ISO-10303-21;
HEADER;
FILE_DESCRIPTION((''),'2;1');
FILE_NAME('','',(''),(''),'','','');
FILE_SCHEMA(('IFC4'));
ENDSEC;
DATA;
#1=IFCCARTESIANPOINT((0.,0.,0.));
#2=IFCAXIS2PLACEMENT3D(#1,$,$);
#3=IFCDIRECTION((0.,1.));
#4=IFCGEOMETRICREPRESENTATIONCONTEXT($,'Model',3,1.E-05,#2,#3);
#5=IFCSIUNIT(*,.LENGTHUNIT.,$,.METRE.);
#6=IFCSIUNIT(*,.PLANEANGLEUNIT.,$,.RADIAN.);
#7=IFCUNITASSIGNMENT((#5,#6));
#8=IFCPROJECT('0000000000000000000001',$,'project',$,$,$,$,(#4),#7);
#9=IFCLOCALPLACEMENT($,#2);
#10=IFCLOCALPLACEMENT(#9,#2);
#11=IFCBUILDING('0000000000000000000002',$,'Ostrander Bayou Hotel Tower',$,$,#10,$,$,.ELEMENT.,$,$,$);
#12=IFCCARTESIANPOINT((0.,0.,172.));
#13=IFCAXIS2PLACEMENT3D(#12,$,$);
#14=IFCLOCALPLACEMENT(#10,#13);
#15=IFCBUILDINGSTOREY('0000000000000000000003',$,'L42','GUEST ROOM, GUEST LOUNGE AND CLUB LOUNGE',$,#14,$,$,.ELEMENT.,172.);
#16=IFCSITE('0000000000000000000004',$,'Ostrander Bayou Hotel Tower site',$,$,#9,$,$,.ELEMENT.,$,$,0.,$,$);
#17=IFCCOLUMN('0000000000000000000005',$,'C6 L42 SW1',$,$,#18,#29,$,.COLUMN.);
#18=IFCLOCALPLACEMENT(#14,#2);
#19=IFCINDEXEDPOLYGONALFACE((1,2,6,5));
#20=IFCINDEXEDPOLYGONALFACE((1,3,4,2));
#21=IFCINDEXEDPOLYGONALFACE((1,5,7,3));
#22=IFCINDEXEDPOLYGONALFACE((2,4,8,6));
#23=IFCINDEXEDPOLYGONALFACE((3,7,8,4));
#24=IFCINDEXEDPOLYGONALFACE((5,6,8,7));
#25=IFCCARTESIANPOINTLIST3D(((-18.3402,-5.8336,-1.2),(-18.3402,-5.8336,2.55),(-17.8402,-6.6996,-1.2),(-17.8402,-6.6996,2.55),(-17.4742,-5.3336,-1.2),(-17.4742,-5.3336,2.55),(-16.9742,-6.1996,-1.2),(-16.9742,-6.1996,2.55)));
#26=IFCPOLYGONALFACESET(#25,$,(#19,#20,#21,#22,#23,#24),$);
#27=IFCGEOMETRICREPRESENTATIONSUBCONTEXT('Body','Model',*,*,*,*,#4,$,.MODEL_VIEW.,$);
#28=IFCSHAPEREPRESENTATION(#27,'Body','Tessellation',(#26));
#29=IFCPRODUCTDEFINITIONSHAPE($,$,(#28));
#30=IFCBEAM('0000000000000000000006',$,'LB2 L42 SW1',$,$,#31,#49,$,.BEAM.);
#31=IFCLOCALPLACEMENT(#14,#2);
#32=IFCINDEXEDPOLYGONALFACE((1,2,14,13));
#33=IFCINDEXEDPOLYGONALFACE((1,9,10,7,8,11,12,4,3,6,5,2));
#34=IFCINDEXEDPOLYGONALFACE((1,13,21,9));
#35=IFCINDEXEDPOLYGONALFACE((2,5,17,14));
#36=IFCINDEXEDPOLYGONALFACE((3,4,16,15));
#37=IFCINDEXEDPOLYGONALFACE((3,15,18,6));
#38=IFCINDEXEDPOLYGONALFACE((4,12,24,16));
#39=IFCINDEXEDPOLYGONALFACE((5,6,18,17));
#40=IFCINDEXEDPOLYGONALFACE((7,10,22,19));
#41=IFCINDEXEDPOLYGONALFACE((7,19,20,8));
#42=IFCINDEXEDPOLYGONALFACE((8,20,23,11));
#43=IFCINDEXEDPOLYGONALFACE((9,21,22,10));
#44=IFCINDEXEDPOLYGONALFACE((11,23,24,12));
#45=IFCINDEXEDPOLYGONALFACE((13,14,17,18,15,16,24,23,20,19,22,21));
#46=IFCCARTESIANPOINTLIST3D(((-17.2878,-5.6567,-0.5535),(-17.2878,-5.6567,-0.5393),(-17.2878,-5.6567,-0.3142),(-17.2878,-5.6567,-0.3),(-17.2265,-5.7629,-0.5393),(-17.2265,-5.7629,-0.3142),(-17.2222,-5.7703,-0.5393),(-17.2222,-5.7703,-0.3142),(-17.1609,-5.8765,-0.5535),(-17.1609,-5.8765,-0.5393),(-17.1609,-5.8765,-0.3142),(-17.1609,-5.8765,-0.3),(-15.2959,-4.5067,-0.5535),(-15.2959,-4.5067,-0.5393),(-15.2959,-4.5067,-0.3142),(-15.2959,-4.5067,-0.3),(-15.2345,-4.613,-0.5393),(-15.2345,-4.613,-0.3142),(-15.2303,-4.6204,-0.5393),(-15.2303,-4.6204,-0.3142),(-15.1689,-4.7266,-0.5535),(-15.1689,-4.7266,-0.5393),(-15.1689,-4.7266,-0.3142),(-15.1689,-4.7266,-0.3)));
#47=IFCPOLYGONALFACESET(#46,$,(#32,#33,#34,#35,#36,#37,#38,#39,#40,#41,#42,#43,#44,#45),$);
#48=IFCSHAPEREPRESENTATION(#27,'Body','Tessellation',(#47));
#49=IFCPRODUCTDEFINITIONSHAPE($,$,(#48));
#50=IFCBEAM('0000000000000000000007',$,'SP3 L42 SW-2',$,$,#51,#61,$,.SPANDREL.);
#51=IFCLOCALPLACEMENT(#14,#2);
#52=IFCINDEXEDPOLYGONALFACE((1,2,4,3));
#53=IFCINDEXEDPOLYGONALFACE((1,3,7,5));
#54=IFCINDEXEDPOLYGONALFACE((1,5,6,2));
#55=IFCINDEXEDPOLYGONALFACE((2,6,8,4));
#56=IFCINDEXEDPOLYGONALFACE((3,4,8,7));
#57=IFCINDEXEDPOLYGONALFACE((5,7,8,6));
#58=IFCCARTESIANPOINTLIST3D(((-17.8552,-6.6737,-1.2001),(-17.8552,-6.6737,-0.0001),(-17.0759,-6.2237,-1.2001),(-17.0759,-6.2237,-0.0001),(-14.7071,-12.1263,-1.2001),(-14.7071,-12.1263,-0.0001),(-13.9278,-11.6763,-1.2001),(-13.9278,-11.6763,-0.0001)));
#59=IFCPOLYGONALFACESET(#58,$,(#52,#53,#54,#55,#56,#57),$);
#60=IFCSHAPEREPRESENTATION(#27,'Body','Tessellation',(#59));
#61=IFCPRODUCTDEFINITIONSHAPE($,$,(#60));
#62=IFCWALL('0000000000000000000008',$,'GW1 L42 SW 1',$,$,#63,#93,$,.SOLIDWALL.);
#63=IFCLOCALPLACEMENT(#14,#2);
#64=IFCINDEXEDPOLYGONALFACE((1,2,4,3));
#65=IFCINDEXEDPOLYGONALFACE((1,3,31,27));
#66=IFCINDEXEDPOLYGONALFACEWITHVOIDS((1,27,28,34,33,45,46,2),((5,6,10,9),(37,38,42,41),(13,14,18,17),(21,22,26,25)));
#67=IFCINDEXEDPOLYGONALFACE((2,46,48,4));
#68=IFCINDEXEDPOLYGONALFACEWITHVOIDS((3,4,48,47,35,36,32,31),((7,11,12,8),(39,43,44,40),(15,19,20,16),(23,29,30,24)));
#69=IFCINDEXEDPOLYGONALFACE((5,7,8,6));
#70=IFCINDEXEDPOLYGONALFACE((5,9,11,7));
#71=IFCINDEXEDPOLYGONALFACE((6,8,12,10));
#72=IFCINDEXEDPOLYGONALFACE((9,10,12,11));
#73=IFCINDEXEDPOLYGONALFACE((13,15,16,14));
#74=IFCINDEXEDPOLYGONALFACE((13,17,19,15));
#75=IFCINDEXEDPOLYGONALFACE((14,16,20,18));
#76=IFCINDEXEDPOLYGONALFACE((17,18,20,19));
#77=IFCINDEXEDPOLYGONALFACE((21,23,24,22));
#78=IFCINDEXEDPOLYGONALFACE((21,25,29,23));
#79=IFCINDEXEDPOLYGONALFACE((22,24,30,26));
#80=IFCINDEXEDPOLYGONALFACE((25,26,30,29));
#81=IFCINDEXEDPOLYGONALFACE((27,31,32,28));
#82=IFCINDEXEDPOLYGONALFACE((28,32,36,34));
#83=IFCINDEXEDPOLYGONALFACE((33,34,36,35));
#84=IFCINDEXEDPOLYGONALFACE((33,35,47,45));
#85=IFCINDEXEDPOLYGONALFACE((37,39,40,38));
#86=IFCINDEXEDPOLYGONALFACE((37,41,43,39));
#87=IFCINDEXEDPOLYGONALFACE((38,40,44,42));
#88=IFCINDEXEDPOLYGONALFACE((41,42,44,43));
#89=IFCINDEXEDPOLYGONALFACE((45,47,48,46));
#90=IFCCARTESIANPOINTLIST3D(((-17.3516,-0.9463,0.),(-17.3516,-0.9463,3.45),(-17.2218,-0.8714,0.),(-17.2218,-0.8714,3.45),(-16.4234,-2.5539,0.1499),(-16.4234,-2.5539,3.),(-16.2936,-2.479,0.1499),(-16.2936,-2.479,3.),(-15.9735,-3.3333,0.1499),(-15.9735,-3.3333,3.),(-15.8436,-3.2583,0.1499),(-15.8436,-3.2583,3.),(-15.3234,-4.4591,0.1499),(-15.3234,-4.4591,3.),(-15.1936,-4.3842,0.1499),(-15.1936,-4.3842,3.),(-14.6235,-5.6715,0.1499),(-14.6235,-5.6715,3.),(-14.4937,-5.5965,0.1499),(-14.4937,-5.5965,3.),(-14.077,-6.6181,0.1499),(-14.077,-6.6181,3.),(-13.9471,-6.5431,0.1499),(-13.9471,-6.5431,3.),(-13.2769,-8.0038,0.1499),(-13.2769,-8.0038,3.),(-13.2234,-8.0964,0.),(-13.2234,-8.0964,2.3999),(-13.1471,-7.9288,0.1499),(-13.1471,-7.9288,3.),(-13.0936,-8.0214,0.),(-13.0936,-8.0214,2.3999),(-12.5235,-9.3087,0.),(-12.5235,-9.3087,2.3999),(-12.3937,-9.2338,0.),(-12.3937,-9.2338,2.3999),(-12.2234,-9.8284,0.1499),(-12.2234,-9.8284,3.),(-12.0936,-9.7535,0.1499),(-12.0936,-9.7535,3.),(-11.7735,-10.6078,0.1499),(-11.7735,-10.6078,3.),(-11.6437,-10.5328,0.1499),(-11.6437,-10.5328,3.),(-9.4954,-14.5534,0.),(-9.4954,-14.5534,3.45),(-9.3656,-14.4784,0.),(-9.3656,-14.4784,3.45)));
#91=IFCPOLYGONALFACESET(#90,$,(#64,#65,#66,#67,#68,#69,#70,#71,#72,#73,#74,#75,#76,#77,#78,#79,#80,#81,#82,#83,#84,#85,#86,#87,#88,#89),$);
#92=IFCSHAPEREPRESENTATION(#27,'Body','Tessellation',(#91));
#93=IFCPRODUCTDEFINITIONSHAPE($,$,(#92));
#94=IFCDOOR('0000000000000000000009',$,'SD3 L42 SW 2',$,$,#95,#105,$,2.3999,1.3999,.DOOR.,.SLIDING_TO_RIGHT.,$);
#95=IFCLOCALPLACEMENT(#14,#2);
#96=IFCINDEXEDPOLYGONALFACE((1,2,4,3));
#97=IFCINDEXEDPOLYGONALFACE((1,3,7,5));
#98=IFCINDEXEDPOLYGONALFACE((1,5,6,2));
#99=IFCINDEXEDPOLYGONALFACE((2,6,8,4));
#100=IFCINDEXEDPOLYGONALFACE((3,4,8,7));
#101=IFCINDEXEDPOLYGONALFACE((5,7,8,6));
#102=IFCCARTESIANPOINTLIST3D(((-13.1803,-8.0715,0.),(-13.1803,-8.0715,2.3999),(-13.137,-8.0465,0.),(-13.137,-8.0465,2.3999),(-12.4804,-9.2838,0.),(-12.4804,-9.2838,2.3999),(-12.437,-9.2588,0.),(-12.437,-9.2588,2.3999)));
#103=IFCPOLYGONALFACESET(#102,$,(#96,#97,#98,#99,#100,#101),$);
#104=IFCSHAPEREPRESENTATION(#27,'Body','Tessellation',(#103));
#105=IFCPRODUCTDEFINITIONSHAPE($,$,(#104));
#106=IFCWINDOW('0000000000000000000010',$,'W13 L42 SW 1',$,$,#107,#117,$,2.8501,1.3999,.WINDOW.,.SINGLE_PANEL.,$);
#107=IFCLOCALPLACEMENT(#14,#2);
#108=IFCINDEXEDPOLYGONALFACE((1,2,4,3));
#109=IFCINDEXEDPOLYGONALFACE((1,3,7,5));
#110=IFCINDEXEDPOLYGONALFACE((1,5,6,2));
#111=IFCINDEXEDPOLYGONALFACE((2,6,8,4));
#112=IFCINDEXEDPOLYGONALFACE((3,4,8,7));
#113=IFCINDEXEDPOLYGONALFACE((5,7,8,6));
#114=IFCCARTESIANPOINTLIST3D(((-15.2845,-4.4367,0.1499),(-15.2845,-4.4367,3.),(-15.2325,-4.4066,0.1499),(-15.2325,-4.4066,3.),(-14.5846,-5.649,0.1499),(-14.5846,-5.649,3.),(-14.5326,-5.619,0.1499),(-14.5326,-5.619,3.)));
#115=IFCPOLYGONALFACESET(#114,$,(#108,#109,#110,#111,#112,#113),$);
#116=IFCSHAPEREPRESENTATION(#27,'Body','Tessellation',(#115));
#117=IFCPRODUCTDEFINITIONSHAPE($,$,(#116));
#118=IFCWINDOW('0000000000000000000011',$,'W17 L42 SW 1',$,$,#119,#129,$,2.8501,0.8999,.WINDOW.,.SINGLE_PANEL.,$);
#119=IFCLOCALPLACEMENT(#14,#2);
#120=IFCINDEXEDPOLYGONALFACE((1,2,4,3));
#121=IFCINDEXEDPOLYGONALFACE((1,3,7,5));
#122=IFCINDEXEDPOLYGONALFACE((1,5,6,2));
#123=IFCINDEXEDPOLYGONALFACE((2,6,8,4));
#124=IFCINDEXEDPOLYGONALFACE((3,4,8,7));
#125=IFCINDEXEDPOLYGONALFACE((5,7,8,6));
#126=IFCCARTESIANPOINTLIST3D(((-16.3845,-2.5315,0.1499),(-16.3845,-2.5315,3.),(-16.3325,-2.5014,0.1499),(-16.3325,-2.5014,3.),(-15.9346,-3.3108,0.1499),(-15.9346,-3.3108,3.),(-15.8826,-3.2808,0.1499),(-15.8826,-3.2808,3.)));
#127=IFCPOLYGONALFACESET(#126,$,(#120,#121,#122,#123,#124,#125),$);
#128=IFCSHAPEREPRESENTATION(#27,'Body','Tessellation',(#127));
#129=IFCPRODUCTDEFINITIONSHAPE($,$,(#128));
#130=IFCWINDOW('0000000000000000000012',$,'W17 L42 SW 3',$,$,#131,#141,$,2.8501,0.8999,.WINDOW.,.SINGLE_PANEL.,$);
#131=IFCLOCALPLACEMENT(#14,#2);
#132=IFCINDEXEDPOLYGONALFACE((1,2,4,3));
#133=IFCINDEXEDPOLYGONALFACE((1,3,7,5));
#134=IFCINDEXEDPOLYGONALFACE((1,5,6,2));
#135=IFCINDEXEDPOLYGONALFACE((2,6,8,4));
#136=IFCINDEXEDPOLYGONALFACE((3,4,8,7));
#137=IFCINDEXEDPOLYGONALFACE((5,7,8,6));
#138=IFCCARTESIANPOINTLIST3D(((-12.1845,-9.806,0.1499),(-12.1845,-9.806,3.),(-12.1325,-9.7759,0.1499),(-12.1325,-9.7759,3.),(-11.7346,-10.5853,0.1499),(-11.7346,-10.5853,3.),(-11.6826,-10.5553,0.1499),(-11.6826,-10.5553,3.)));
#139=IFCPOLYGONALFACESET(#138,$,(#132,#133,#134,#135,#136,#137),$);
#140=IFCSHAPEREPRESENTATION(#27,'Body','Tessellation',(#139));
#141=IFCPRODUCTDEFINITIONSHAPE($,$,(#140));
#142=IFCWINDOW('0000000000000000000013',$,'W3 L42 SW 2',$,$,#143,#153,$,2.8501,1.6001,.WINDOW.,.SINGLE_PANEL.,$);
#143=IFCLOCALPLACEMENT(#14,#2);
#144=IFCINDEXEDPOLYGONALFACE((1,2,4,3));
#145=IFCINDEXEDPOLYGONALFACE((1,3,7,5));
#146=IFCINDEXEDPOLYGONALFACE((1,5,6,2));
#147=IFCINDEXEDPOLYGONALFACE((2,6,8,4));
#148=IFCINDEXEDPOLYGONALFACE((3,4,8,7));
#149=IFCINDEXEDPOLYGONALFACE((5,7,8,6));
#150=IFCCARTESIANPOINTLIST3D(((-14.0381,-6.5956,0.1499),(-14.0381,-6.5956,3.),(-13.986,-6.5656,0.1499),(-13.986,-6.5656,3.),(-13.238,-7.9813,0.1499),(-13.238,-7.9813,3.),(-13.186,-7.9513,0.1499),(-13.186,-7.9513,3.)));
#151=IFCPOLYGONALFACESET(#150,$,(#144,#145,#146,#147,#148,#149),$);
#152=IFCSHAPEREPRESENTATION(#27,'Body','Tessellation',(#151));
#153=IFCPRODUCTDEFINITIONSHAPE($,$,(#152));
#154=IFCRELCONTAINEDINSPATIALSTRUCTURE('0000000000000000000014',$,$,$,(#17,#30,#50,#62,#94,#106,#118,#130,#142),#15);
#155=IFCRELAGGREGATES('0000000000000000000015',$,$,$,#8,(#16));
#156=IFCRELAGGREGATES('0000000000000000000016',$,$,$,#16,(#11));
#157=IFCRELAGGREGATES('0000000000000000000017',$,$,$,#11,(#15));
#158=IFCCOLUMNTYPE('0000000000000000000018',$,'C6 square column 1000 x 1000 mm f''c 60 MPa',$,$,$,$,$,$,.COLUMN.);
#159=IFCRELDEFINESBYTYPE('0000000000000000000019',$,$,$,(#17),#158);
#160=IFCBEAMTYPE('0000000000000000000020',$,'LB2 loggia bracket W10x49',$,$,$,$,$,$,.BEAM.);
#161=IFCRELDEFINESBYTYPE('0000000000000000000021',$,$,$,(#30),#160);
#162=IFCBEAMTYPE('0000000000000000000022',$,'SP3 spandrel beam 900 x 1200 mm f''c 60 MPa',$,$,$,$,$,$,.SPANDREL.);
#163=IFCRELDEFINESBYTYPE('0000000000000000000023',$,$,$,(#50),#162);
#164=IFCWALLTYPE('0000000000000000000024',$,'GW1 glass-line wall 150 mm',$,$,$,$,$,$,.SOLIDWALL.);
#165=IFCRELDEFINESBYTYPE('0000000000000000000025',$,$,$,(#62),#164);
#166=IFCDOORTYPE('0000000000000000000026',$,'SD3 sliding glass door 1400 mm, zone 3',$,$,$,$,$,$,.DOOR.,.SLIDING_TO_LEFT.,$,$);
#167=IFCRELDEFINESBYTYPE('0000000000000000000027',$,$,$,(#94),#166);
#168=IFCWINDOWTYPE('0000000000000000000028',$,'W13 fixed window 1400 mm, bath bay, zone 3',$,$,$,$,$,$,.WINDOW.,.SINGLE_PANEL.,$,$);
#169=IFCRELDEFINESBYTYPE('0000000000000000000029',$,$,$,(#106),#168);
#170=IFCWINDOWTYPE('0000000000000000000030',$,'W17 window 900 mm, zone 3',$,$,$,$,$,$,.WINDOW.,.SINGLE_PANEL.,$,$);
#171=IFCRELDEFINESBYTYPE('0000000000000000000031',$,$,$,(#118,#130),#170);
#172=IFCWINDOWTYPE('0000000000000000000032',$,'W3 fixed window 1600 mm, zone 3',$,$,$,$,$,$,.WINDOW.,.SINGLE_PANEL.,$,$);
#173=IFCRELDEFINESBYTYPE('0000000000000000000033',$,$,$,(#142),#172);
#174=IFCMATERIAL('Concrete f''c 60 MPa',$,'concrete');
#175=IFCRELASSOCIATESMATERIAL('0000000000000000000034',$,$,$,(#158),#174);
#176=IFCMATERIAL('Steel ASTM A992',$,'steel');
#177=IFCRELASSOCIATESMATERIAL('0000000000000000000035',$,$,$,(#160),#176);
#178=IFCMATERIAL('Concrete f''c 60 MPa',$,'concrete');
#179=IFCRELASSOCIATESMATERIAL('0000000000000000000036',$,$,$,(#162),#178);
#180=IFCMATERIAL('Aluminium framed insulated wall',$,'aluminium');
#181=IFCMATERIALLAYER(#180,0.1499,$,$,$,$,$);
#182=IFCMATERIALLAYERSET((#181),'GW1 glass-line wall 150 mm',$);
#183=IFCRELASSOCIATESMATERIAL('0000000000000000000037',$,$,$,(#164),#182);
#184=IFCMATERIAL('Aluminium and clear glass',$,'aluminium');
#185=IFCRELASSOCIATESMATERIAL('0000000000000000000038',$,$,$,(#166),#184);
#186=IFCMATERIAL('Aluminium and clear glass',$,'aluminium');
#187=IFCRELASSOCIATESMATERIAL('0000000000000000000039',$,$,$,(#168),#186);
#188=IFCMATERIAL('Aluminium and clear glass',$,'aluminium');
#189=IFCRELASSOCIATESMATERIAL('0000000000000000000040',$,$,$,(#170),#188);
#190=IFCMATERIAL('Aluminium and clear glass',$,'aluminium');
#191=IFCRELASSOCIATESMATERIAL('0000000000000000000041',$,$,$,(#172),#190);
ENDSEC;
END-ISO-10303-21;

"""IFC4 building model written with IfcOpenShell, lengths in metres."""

from ifc_helpers import new_model, si_unit, direction, frame, frame_2d, origin, origin_2d, place, context, subcontext, project, spatial, rectangle, i_section, extrude, material, layer, layer_set, material_profile, profile_set, type_object, element, fill, save


model = new_model("IFC4")

# Units and contexts
model_context = context("Model", 3, precision=1e-05, world=origin(), true_north=direction((0.0, 1.0)))
body_context = subcontext(model_context, "Body", "Model", "MODEL_VIEW")
ifc_project = project(units=[si_unit("LENGTHUNIT", "METRE"), si_unit("PLANEANGLEUNIT", "RADIAN")], contexts=[model_context])

# Site, building, storey
site_placement = place(None, origin())
site = spatial("IfcSite", under=ifc_project, at=site_placement, Name="Ostrander Bayou Hotel Tower site", CompositionType="ELEMENT", RefElevation=0.0)
building_placement = place(site_placement, origin())
building = spatial("IfcBuilding", under=site, at=building_placement, Name="Ostrander Bayou Hotel Tower", CompositionType="ELEMENT")
storey_placement = place(building_placement, frame((0.0, 0.0, 172.0)))
storey = spatial("IfcBuildingStorey", under=building, at=storey_placement, Name="L42", Description="GUEST ROOM, GUEST LOUNGE AND CLUB LOUNGE", CompositionType="ELEMENT", Elevation=172.0)

# Column
ifc_material_1 = material(Name="Concrete f'c 60 MPa", Category="concrete")
ifc_material_profile_1 = material_profile(ifc_material_1, rectangle(XDim=1.0, YDim=1.0, at=origin_2d()))
ifc_profile_set_1 = profile_set([ifc_material_profile_1], Name="Concrete f'c 60 MPa")
column_type = type_object("IfcColumnType", Name="C6 square column 1000 x 1000 mm f'c 60 MPa", PredefinedType="COLUMN", material=ifc_profile_set_1)
column_placement = place(storey_placement, frame((-17.6572, -6.0166, -1.2), z_axis=(0.0, 0.0, 1.0), x_axis=(-0.5, 0.866025, 0.0)))
element("IfcColumn", 1, at=column_placement, inside=storey, type_object=column_type, Name="C6 L42 SW1", PredefinedType="COLUMN", context=body_context, shape_type="SweptSolid", body=[
    extrude(rectangle(XDim=1.0, YDim=1.0, at=origin_2d()), origin(), (0.0, 0.0, 1.0), 3.75),
])

# Beams
ifc_material_2 = material(Name="Steel ASTM A992", Category="steel")
ifc_material_profile_2 = material_profile(ifc_material_2, i_section(OverallWidth=0.2539, OverallDepth=0.2534, WebThickness=0.0085, FlangeThickness=0.0142, at=origin_2d()))
ifc_profile_set_2 = profile_set([ifc_material_profile_2], Name="Steel ASTM A992")
beam_type_1 = type_object("IfcBeamType", Name="LB2 loggia bracket W10x49", PredefinedType="BEAM", material=ifc_profile_set_2)
beam_1_placement = place(storey_placement, frame((-17.2244, -5.7666, -0.4268), z_axis=(0.866053, 0.499952, 0.0), x_axis=(-0.499952, 0.866053, 0.0)))
element("IfcBeam", 2, at=beam_1_placement, inside=storey, type_object=beam_type_1, Name="LB2 L42 SW1", PredefinedType="BEAM", context=body_context, shape_type="SweptSolid", body=[
    extrude(i_section(OverallWidth=0.2539, OverallDepth=0.2534, WebThickness=0.0085, FlangeThickness=0.0142, at=origin_2d()), origin(), (0.0, 0.0, 1.0), 2.3),
])
ifc_material_3 = material(Name="Concrete f'c 60 MPa", Category="concrete")
ifc_material_profile_3 = material_profile(ifc_material_3, rectangle(XDim=0.8999, YDim=1.2, at=origin_2d()))
ifc_profile_set_3 = profile_set([ifc_material_profile_3], Name="Concrete f'c 60 MPa")
beam_type_2 = type_object("IfcBeamType", Name="SP3 spandrel beam 900 x 1200 mm f'c 60 MPa", PredefinedType="SPANDREL", material=ifc_profile_set_3)
beam_2_placement = place(storey_placement, frame((-17.4656, -6.4487, -0.6001), z_axis=(0.500013, -0.866018, 0.0), x_axis=(0.866018, 0.500013, 0.0)))
element("IfcBeam", 3, at=beam_2_placement, inside=storey, type_object=beam_type_2, Name="SP3 L42 SW-2", PredefinedType="SPANDREL", context=body_context, shape_type="SweptSolid", body=[
    extrude(rectangle(XDim=0.8999, YDim=1.2, at=origin_2d()), origin(), (0.0, 0.0, 1.0), 6.2961),
])

# Wall, openings, door, windows
ifc_material_4 = material(Name="Aluminium framed insulated wall", Category="aluminium")
ifc_layer_1 = layer(ifc_material_4, 0.1499)
ifc_layer_set_1 = layer_set([ifc_layer_1], Name="GW1 glass-line wall 150 mm")
wall_type_1 = type_object("IfcWallType", Name="GW1 glass-line wall 150 mm", PredefinedType="SOLIDWALL", material=ifc_layer_set_1)
wall_1_placement = place(storey_placement, frame((-17.2866, -0.9089, 0.0), z_axis=(0.0, 0.0, 1.0), x_axis=(0.500004, -0.866023, 0.0)))
wall_1 = element("IfcWall", 4, at=wall_1_placement, inside=storey, type_object=wall_type_1, Name="GW1 L42 SW 1", PredefinedType="SOLIDWALL", context=body_context, shape_type="SweptSolid", body=[
    extrude(rectangle(XDim=15.7122, YDim=0.1499, at=frame_2d((7.856, 0.0))), origin(), (0.0, 0.0, 1.0), 3.45),
])
opening_1_placement = place(wall_1_placement, frame((1.8562, 0.0, 0.1499)))
opening_1 = element("IfcOpeningElement", 5, at=opening_1_placement, cuts=wall_1, PredefinedType="OPENING", context=body_context, shape_type="SweptSolid", body=[
    extrude(rectangle(XDim=0.8999, YDim=2.8501, at=frame_2d((0.45, 1.425))), frame((0.0, 0.075, 0.0), z_axis=(0.0, -1.0, 0.0), x_axis=(1.0, 0.0, 0.0)), (0.0, 0.0, 1.0), 0.1499),
])
opening_2_placement = place(wall_1_placement, frame((4.0562, 0.0, 0.1499)))
opening_2 = element("IfcOpeningElement", 6, at=opening_2_placement, cuts=wall_1, PredefinedType="OPENING", context=body_context, shape_type="SweptSolid", body=[
    extrude(rectangle(XDim=1.3999, YDim=2.8501, at=frame_2d((0.7, 1.425))), frame((0.0, 0.075, 0.0), z_axis=(0.0, -1.0, 0.0), x_axis=(1.0, 0.0, 0.0)), (0.0, 0.0, 1.0), 0.1499),
])
opening_3_placement = place(wall_1_placement, frame((6.5491, 0.0, 0.1499)))
opening_3 = element("IfcOpeningElement", 7, at=opening_3_placement, cuts=wall_1, PredefinedType="OPENING", context=body_context, shape_type="SweptSolid", body=[
    extrude(rectangle(XDim=1.6001, YDim=2.8501, at=frame_2d((0.8, 1.425))), frame((0.0, 0.075, 0.0), z_axis=(0.0, -1.0, 0.0), x_axis=(1.0, 0.0, 0.0)), (0.0, 0.0, 1.0), 0.1499),
])
opening_4_placement = place(wall_1_placement, frame((8.2561, 0.0, 0.0)))
opening_4 = element("IfcOpeningElement", 8, at=opening_4_placement, cuts=wall_1, PredefinedType="OPENING", context=body_context, shape_type="SweptSolid", body=[
    extrude(rectangle(XDim=1.3999, YDim=2.3999, at=frame_2d((0.7, 1.2))), frame((0.0, 0.075, 0.0), z_axis=(0.0, -1.0, 0.0), x_axis=(1.0, 0.0, 0.0)), (0.0, 0.0, 1.0), 0.1499),
])
opening_5_placement = place(wall_1_placement, frame((10.2561, 0.0, 0.1499)))
opening_5 = element("IfcOpeningElement", 9, at=opening_5_placement, cuts=wall_1, PredefinedType="OPENING", context=body_context, shape_type="SweptSolid", body=[
    extrude(rectangle(XDim=0.8999, YDim=2.8501, at=frame_2d((0.45, 1.425))), frame((0.0, 0.075, 0.0), z_axis=(0.0, -1.0, 0.0), x_axis=(1.0, 0.0, 0.0)), (0.0, 0.0, 1.0), 0.1499),
])
ifc_material_5 = material(Name="Aluminium and clear glass", Category="aluminium")
door_type_1 = type_object("IfcDoorType", Name="SD3 sliding glass door 1400 mm, zone 3", OperationType="SLIDING_TO_LEFT", PredefinedType="DOOR", material=ifc_material_5)
door_1_placement = place(opening_4_placement, origin())
door_1 = element("IfcDoor", 10, at=door_1_placement, inside=storey, type_object=door_type_1, Name="SD3 L42 SW 2", OperationType="SLIDING_TO_RIGHT", OverallHeight=2.3999, OverallWidth=1.3999, PredefinedType="DOOR", context=body_context, shape_type="SweptSolid", body=[
    extrude(rectangle(XDim=1.3999, YDim=2.3999, at=frame_2d((0.7, 1.2))), frame((0.0, 0.0249, 0.0), z_axis=(0.0, -1.0, 0.0), x_axis=(1.0, 0.0, 0.0)), (0.0, 0.0, 1.0), 0.05),
])
fill(opening_4, door_1)
ifc_material_6 = material(Name="Aluminium and clear glass", Category="aluminium")
window_type_1 = type_object("IfcWindowType", Name="W13 fixed window 1400 mm, bath bay, zone 3", PartitioningType="SINGLE_PANEL", PredefinedType="WINDOW", material=ifc_material_6)
window_1_placement = place(opening_2_placement, origin())
window_1 = element("IfcWindow", 11, at=window_1_placement, inside=storey, type_object=window_type_1, Name="W13 L42 SW 1", OverallHeight=2.8501, OverallWidth=1.3999, PartitioningType="SINGLE_PANEL", PredefinedType="WINDOW", context=body_context, shape_type="SweptSolid", body=[
    extrude(rectangle(XDim=1.3999, YDim=2.8501, at=frame_2d((0.7, 1.425))), frame((0.0, 0.03, 0.0), z_axis=(0.0, -1.0, 0.0), x_axis=(1.0, 0.0, 0.0)), (0.0, 0.0, 1.0), 0.0601),
])
fill(opening_2, window_1)
ifc_material_7 = material(Name="Aluminium and clear glass", Category="aluminium")
window_type_2 = type_object("IfcWindowType", Name="W17 window 900 mm, zone 3", PartitioningType="SINGLE_PANEL", PredefinedType="WINDOW", material=ifc_material_7)
window_2_placement = place(opening_1_placement, origin())
window_2 = element("IfcWindow", 12, at=window_2_placement, inside=storey, type_object=window_type_2, Name="W17 L42 SW 1", OverallHeight=2.8501, OverallWidth=0.8999, PartitioningType="SINGLE_PANEL", PredefinedType="WINDOW", context=body_context, shape_type="SweptSolid", body=[
    extrude(rectangle(XDim=0.8999, YDim=2.8501, at=frame_2d((0.45, 1.425))), frame((0.0, 0.03, 0.0), z_axis=(0.0, -1.0, 0.0), x_axis=(1.0, 0.0, 0.0)), (0.0, 0.0, 1.0), 0.0601),
])
fill(opening_1, window_2)
window_3_placement = place(opening_5_placement, origin())
window_3 = element("IfcWindow", 13, at=window_3_placement, inside=storey, type_object=window_type_2, Name="W17 L42 SW 3", OverallHeight=2.8501, OverallWidth=0.8999, PartitioningType="SINGLE_PANEL", PredefinedType="WINDOW", context=body_context, shape_type="SweptSolid", body=[
    extrude(rectangle(XDim=0.8999, YDim=2.8501, at=frame_2d((0.45, 1.425))), frame((0.0, 0.03, 0.0), z_axis=(0.0, -1.0, 0.0), x_axis=(1.0, 0.0, 0.0)), (0.0, 0.0, 1.0), 0.0601),
])
fill(opening_5, window_3)
ifc_material_8 = material(Name="Aluminium and clear glass", Category="aluminium")
window_type_3 = type_object("IfcWindowType", Name="W3 fixed window 1600 mm, zone 3", PartitioningType="SINGLE_PANEL", PredefinedType="WINDOW", material=ifc_material_8)
window_4_placement = place(opening_3_placement, origin())
window_4 = element("IfcWindow", 14, at=window_4_placement, inside=storey, type_object=window_type_3, Name="W3 L42 SW 2", OverallHeight=2.8501, OverallWidth=1.6001, PartitioningType="SINGLE_PANEL", PredefinedType="WINDOW", context=body_context, shape_type="SweptSolid", body=[
    extrude(rectangle(XDim=1.6001, YDim=2.8501, at=frame_2d((0.8, 1.425))), frame((0.0, 0.03, 0.0), z_axis=(0.0, -1.0, 0.0), x_axis=(1.0, 0.0, 0.0)), (0.0, 0.0, 1.0), 0.0601),
])
fill(opening_3, window_4)

save(model, "model.ifc")
